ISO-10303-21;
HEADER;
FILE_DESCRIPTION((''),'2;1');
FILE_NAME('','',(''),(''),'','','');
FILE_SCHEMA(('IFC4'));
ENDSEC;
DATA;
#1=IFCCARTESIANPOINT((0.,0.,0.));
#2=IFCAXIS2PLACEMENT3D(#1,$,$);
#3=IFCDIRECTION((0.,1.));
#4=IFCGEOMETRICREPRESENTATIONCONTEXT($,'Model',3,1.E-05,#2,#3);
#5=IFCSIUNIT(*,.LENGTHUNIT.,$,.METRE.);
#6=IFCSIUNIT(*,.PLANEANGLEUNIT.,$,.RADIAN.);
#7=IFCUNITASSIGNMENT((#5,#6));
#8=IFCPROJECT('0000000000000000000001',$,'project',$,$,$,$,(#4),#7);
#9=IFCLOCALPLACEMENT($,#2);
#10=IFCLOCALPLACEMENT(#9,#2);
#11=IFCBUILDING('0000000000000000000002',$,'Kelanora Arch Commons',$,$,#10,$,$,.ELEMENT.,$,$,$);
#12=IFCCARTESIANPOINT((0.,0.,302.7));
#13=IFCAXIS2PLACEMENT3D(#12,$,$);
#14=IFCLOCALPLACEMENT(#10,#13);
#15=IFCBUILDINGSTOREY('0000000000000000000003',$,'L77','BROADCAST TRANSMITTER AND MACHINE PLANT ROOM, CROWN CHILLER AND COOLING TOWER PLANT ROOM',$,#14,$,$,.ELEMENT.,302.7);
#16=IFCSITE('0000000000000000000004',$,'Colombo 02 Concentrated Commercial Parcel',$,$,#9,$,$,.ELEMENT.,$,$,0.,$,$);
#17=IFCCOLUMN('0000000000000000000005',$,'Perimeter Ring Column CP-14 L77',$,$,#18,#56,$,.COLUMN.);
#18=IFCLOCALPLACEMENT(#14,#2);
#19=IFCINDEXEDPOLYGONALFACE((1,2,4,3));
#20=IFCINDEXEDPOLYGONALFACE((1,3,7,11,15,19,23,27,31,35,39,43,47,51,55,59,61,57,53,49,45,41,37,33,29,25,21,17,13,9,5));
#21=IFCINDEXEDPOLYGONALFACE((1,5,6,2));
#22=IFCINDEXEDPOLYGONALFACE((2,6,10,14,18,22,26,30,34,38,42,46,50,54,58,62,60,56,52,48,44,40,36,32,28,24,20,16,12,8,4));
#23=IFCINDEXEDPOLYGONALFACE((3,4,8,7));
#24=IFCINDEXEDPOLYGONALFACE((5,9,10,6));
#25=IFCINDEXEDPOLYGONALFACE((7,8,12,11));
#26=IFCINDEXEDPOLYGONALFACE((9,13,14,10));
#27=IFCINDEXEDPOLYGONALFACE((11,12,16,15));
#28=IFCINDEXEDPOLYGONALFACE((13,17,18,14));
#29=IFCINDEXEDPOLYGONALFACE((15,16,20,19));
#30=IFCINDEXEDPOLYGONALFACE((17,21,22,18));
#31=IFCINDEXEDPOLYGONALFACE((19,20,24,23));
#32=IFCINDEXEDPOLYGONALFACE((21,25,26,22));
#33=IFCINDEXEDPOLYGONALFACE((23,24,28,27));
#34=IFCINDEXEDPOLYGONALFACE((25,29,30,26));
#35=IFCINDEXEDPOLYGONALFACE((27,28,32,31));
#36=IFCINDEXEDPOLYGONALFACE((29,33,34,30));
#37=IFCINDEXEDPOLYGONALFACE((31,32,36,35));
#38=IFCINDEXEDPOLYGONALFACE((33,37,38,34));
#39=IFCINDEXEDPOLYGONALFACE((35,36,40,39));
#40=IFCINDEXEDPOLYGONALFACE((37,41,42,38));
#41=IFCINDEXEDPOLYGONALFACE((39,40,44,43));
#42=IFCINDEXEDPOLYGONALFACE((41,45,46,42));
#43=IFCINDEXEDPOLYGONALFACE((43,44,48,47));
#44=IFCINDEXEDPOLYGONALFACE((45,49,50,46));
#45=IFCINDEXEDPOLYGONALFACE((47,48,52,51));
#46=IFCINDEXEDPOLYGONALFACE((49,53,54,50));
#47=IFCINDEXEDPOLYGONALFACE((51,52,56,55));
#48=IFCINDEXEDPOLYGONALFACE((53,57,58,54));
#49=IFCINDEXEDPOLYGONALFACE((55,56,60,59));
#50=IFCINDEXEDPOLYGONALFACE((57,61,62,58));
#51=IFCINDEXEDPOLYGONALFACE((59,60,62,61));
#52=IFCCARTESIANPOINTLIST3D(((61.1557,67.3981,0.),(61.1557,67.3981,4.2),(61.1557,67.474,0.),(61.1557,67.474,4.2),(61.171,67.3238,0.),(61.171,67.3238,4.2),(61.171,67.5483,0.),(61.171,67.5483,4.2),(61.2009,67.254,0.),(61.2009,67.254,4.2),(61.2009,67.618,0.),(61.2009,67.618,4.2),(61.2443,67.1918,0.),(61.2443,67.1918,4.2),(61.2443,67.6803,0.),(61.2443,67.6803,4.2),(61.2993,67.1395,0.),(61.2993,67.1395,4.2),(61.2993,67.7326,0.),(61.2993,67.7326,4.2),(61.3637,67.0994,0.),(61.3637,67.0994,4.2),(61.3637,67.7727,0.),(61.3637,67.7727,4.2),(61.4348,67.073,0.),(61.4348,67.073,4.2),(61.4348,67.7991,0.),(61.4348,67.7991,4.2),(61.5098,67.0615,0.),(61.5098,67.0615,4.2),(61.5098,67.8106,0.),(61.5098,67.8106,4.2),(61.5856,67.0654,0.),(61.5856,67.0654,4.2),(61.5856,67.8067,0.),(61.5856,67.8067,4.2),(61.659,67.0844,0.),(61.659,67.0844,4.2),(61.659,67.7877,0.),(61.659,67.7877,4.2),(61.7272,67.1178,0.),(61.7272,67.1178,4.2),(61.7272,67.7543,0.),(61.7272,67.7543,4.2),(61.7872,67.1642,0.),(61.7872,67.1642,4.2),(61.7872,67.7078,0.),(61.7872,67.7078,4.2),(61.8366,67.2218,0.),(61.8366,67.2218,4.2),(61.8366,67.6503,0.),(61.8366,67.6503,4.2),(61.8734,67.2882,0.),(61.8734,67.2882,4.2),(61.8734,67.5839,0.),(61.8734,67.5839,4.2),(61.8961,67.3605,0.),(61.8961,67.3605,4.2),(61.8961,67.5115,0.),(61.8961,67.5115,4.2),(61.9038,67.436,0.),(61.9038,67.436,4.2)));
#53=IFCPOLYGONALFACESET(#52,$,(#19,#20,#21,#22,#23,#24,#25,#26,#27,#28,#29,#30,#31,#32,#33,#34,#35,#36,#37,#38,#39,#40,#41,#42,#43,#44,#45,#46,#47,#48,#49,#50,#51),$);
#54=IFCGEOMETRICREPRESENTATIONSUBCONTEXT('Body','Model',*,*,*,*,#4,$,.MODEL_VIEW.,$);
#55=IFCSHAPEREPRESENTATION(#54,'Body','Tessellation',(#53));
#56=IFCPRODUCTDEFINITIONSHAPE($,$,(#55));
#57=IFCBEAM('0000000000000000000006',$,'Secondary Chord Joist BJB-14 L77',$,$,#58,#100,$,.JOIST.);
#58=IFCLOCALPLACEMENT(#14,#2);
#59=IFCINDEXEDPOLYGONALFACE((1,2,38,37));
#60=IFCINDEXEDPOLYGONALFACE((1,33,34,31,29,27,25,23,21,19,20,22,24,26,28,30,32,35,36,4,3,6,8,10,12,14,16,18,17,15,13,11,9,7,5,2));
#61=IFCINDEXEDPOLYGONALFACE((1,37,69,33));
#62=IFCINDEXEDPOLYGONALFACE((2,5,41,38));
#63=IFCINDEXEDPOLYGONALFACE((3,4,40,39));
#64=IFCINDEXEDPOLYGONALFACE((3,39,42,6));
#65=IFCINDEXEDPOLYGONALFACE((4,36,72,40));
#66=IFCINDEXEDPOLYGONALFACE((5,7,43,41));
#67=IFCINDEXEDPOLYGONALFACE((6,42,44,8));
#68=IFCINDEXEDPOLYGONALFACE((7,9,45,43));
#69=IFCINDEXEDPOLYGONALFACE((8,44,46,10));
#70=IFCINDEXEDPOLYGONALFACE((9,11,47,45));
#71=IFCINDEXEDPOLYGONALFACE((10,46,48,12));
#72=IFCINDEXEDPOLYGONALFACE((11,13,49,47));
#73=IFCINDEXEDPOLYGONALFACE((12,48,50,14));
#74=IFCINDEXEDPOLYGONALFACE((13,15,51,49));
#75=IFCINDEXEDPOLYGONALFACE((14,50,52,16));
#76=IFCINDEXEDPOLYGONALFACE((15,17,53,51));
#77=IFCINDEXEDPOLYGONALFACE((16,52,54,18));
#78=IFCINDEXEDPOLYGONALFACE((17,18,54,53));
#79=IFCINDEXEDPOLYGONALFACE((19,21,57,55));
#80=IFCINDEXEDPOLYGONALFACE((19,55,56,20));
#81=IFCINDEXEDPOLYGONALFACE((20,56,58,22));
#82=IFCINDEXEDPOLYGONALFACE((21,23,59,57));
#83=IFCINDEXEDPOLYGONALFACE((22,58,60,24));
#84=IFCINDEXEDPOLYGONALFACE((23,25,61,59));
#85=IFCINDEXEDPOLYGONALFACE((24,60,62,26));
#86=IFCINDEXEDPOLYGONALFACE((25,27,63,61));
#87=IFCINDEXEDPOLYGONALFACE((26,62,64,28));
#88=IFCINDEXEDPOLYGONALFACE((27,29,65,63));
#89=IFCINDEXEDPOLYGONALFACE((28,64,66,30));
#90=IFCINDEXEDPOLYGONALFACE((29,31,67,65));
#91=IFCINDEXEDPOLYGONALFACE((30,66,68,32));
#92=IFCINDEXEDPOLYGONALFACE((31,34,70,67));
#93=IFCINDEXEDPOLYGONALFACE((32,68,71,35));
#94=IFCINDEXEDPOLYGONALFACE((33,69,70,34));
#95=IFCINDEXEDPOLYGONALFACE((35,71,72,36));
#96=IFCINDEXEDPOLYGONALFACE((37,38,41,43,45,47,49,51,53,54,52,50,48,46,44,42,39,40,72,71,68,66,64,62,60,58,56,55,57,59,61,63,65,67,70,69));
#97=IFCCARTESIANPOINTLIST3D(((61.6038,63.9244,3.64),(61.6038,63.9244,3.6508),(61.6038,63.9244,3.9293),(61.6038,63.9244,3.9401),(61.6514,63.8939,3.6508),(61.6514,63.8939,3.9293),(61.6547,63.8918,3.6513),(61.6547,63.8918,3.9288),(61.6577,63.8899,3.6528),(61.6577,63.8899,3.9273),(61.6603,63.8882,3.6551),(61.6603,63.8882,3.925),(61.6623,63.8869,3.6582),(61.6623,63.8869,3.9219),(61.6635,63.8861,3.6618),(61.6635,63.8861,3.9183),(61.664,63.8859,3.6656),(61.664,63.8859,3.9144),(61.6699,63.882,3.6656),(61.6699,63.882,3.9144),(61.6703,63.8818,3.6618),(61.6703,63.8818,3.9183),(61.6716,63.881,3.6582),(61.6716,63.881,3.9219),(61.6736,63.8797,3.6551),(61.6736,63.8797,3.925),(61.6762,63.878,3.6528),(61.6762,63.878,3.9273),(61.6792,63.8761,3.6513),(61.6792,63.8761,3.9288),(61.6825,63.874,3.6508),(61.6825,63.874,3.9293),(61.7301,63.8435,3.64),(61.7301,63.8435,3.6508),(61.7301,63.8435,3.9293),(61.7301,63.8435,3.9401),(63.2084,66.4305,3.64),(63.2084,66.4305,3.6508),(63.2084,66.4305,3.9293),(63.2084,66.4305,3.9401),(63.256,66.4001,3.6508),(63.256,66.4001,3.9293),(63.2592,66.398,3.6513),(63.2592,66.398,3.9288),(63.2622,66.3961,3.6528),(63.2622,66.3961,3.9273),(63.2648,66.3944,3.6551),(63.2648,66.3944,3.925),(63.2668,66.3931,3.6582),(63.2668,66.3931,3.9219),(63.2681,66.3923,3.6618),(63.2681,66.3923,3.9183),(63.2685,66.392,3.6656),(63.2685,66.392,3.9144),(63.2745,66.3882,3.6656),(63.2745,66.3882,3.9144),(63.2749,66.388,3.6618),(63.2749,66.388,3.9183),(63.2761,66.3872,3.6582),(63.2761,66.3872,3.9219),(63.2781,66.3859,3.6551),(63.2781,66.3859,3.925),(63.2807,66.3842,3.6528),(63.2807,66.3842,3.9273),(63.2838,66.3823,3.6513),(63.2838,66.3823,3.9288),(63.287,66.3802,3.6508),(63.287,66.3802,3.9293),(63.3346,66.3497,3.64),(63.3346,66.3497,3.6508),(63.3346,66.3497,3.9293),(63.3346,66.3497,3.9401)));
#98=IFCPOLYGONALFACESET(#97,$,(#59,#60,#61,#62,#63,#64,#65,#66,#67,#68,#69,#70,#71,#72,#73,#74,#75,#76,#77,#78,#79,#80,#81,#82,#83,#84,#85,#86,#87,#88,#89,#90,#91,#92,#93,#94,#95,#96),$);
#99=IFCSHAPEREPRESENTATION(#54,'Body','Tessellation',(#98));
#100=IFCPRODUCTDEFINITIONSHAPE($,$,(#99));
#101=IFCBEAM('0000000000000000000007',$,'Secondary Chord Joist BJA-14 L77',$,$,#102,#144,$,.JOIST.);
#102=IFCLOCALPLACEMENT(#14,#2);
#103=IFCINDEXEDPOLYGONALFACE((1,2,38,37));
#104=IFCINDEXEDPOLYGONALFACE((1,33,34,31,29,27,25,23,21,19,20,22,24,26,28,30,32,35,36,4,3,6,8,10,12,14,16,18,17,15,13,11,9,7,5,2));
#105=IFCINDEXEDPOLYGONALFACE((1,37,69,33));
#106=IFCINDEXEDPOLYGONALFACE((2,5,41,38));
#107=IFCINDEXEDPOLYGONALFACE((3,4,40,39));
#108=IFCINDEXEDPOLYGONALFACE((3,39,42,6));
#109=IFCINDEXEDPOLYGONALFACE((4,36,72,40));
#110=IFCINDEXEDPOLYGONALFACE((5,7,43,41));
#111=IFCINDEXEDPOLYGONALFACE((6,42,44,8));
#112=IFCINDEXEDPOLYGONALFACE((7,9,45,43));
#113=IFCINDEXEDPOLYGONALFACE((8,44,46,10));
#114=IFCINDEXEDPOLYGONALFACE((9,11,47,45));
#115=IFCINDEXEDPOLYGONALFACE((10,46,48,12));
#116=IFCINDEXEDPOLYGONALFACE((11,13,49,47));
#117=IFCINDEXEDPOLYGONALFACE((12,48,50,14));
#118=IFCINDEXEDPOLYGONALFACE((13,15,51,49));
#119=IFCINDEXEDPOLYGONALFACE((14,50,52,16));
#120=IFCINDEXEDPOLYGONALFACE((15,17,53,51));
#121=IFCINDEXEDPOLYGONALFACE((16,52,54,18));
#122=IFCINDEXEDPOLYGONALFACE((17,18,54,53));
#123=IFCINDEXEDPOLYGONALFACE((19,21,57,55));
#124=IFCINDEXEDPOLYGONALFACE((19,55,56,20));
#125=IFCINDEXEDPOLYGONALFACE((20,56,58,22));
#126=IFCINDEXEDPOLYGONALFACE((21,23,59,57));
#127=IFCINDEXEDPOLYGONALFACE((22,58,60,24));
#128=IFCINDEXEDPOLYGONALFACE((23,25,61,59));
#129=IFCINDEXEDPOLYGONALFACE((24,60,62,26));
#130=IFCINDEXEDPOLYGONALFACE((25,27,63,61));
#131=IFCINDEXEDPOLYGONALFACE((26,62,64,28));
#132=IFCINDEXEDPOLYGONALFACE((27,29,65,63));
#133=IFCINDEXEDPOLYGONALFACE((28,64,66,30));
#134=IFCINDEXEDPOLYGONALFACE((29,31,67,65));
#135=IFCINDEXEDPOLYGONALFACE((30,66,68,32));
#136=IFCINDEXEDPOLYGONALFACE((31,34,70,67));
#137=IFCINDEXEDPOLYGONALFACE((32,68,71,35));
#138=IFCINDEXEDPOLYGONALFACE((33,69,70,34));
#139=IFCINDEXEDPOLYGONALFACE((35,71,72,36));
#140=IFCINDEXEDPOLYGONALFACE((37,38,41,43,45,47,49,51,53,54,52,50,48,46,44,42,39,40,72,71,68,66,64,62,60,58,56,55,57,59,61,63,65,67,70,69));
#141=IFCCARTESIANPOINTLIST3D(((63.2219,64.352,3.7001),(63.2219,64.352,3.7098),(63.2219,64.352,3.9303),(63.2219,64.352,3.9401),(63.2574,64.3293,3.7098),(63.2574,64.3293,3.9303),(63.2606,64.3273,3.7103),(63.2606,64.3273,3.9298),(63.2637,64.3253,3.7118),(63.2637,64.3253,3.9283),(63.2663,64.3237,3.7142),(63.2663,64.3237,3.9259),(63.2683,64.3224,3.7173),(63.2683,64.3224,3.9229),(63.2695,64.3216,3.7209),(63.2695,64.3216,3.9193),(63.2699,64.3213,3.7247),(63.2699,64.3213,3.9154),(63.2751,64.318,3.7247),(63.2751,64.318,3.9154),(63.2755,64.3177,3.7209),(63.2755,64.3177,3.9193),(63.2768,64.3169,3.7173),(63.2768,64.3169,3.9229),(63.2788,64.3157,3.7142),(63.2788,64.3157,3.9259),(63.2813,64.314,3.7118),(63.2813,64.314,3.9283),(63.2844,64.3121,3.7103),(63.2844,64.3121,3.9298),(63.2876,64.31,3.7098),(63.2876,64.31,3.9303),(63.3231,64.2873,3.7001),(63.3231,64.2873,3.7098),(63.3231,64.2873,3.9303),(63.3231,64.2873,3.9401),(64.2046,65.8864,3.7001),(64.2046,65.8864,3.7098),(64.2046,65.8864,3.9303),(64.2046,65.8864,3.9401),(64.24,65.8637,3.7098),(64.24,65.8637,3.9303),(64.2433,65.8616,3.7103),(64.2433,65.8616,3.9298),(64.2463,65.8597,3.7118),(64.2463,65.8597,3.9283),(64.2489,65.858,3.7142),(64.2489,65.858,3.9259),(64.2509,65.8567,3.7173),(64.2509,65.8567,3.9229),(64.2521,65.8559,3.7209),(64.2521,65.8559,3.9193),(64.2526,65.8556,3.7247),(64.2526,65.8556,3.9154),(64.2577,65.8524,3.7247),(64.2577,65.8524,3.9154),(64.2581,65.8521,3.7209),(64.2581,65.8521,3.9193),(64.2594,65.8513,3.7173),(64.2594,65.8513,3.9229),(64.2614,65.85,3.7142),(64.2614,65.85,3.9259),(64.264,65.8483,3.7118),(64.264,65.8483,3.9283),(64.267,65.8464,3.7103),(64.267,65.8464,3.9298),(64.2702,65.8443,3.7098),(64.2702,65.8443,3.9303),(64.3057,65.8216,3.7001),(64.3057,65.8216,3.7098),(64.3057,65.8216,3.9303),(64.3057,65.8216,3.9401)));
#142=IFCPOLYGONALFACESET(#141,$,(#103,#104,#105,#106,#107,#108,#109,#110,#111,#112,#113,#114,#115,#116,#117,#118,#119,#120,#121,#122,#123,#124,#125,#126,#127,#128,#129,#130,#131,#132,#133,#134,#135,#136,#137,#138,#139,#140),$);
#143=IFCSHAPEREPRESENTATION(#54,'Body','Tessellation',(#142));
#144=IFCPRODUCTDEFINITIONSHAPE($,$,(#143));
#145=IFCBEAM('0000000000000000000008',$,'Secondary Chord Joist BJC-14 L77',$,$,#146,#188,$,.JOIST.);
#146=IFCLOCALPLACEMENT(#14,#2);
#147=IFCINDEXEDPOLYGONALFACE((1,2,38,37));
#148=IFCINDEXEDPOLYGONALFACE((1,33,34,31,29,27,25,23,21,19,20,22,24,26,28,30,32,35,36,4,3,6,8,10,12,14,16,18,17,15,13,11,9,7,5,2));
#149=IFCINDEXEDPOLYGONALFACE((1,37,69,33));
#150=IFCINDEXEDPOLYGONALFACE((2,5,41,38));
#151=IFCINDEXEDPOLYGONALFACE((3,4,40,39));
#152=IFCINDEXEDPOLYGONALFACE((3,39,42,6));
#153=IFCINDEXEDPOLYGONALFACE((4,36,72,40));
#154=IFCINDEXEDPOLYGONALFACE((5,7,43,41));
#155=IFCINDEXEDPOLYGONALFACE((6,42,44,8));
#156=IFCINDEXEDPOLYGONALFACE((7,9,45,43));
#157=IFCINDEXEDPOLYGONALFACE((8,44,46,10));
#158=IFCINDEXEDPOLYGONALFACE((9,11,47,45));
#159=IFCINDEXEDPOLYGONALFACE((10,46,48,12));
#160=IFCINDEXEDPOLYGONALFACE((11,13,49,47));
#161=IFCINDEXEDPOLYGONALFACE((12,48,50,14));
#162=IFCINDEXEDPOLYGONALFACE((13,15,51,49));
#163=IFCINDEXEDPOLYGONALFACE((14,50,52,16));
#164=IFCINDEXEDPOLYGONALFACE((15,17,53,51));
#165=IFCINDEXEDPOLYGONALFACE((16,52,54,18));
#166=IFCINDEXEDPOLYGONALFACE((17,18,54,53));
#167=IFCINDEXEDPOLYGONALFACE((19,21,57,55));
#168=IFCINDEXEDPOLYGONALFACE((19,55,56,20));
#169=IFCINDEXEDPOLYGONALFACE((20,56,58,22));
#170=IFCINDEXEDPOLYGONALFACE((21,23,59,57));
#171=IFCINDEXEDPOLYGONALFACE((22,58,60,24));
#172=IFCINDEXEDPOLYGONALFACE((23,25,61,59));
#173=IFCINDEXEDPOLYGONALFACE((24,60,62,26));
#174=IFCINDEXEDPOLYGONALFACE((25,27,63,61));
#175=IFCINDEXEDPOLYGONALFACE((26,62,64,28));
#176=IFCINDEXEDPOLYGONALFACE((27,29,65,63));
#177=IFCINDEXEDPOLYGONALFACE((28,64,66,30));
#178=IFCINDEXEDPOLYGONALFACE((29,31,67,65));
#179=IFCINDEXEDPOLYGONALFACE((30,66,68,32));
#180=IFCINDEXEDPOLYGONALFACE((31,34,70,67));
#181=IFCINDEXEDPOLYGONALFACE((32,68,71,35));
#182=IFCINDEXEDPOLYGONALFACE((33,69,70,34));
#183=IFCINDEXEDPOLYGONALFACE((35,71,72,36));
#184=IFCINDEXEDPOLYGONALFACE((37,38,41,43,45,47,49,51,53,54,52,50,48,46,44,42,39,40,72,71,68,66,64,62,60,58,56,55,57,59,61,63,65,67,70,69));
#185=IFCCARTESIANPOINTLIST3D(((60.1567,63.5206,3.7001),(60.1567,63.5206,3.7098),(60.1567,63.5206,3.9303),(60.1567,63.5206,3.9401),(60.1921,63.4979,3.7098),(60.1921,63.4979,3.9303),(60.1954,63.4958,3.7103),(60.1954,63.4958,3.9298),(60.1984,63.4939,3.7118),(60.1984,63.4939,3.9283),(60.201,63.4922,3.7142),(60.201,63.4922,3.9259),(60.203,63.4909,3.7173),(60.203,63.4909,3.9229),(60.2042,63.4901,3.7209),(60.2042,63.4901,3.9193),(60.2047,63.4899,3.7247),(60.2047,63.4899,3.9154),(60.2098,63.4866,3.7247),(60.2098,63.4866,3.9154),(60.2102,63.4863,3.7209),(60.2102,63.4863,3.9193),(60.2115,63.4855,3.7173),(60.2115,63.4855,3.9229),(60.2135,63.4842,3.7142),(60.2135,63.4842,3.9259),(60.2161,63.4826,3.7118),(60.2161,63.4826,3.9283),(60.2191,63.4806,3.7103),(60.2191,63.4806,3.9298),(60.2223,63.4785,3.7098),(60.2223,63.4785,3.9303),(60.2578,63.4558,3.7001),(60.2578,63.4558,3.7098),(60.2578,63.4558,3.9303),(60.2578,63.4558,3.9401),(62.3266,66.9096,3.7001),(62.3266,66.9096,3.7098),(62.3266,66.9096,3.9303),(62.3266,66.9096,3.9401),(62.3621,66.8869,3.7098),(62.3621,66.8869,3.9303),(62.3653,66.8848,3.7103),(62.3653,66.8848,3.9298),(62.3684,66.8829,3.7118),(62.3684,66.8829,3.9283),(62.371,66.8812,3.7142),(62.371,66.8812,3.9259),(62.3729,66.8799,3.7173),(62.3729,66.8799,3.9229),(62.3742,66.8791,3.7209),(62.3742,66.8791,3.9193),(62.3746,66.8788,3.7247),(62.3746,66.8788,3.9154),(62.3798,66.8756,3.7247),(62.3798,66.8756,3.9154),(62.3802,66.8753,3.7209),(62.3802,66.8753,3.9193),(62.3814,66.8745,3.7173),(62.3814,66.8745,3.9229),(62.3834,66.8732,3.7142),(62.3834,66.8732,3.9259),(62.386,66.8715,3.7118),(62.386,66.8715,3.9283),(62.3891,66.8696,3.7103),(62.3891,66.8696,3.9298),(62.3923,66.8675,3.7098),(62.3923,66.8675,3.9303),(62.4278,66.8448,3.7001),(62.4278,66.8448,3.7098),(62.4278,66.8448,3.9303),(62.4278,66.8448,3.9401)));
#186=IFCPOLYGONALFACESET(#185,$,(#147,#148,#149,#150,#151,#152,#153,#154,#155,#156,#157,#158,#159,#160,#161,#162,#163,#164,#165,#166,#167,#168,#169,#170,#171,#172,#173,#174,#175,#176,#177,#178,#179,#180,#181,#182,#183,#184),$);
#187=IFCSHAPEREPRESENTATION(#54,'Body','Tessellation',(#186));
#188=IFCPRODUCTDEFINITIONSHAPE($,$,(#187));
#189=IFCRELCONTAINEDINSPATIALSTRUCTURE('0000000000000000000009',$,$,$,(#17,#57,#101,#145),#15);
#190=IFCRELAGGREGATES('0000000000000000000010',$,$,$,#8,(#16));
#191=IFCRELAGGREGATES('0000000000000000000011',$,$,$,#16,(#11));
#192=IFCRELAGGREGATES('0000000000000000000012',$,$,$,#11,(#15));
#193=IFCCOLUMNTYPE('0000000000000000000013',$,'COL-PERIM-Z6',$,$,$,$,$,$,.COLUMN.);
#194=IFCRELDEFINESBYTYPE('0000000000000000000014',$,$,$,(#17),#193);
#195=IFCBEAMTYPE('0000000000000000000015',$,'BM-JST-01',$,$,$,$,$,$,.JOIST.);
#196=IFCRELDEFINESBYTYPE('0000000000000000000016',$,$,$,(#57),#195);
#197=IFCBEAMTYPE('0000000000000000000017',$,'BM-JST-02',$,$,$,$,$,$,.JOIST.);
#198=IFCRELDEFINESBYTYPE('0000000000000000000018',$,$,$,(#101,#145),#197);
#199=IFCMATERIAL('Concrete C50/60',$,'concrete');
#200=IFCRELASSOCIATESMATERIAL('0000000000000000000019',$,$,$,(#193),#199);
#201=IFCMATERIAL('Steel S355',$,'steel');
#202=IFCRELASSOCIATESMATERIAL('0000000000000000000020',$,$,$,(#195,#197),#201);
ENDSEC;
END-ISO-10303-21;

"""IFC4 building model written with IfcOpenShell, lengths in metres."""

from ifc_helpers import new_model, si_unit, direction, frame, origin, origin_2d, place, context, subcontext, project, spatial, circle, i_section, extrude, material, material_profile, profile_set, type_object, element, save


model = new_model("IFC4")

# Units and contexts
model_context = context("Model", 3, precision=1e-05, world=origin(), true_north=direction((0.0, 1.0)))
body_context = subcontext(model_context, "Body", "Model", "MODEL_VIEW")
ifc_project = project(units=[si_unit("LENGTHUNIT", "METRE"), si_unit("PLANEANGLEUNIT", "RADIAN")], contexts=[model_context])

# Site, building, storey
site_placement = place(None, origin())
site = spatial("IfcSite", under=ifc_project, at=site_placement, Name="Colombo 02 Concentrated Commercial Parcel", CompositionType="ELEMENT", RefElevation=0.0)
building_placement = place(site_placement, origin())
building = spatial("IfcBuilding", under=site, at=building_placement, Name="Kelanora Arch Commons", CompositionType="ELEMENT")
storey_placement = place(building_placement, frame((0.0, 0.0, 302.7)))
storey = spatial("IfcBuildingStorey", under=building, at=storey_placement, Name="L77", Description="BROADCAST TRANSMITTER AND MACHINE PLANT ROOM, CROWN CHILLER AND COOLING TOWER PLANT ROOM", CompositionType="ELEMENT", Elevation=302.7)

# Column
ifc_material_1 = material(Name="Concrete C50/60", Category="concrete")
ifc_material_profile_1 = material_profile(ifc_material_1, circle(Radius=0.375, at=origin_2d()), Name="RCC750")
ifc_profile_set_1 = profile_set([ifc_material_profile_1], Name="Concrete C50/60")
column_type = type_object("IfcColumnType", Name="COL-PERIM-Z6", PredefinedType="COLUMN", material=ifc_profile_set_1)
column_placement = place(storey_placement, frame((61.5288, 67.436, 0.0), z_axis=(0.0, 0.0, 1.0), x_axis=(1.0, 0.0, 0.0)))
element("IfcColumn", 1, at=column_placement, inside=storey, type_object=column_type, Name="Perimeter Ring Column CP-14 L77", PredefinedType="COLUMN", context=body_context, shape_type="SweptSolid", body=[
    extrude(circle(Radius=0.375, at=origin_2d()), origin(), (0.0, 0.0, 1.0), 4.2),
])

# Beams
ifc_material_2 = material(Name="Steel S355", Category="steel")
ifc_material_profile_2 = material_profile(ifc_material_2, i_section(OverallWidth=0.1499, OverallDepth=0.3, WebThickness=0.0071, FlangeThickness=0.0107, FilletRadius=0.0149, at=origin_2d()), Name="IPE300")
ifc_profile_set_2 = profile_set([ifc_material_profile_2], Name="Steel S355")
beam_type_1 = type_object("IfcBeamType", Name="BM-JST-01", PredefinedType="JOIST", material=ifc_profile_set_2)
beam_1_placement = place(storey_placement, frame((63.2715, 66.3901, 3.79), z_axis=(-0.539193, -0.842182, 0.0), x_axis=(0.842182, -0.539193, 0.0)))
element("IfcBeam", 2, at=beam_1_placement, inside=storey, type_object=beam_type_1, Name="Secondary Chord Joist BJB-14 L77", PredefinedType="JOIST", context=body_context, shape_type="SweptSolid", body=[
    extrude(i_section(OverallWidth=0.1499, OverallDepth=0.3, WebThickness=0.0071, FlangeThickness=0.0107, FilletRadius=0.0149, at=origin_2d()), origin(), (0.0, 0.0, 1.0), 2.9758),
])
ifc_material_profile_3 = material_profile(ifc_material_2, i_section(OverallWidth=0.1201, OverallDepth=0.24, WebThickness=0.0061, FlangeThickness=0.0098, FilletRadius=0.0149, at=origin_2d()), Name="IPE240")
ifc_profile_set_3 = profile_set([ifc_material_profile_3], Name="Steel S355")
beam_type_2 = type_object("IfcBeamType", Name="BM-JST-02", PredefinedType="JOIST", material=ifc_profile_set_3)
beam_2_placement = place(storey_placement, frame((64.2551, 65.854, 3.8201), z_axis=(-0.539301, -0.842113, 0.0), x_axis=(0.842113, -0.539301, 0.0)))
element("IfcBeam", 3, at=beam_2_placement, inside=storey, type_object=beam_type_2, Name="Secondary Chord Joist BJA-14 L77", PredefinedType="JOIST", context=body_context, shape_type="SweptSolid", body=[
    extrude(i_section(OverallWidth=0.1201, OverallDepth=0.24, WebThickness=0.0061, FlangeThickness=0.0098, FilletRadius=0.0149, at=origin_2d()), origin(), (0.0, 0.0, 1.0), 1.822),
])
beam_3_placement = place(storey_placement, frame((62.3772, 66.8772, 3.8201), z_axis=(-0.539233, -0.842157, 0.0), x_axis=(0.842157, -0.539233, 0.0)))
element("IfcBeam", 4, at=beam_3_placement, inside=storey, type_object=beam_type_2, Name="Secondary Chord Joist BJC-14 L77", PredefinedType="JOIST", context=body_context, shape_type="SweptSolid", body=[
    extrude(i_section(OverallWidth=0.1201, OverallDepth=0.24, WebThickness=0.0061, FlangeThickness=0.0098, FilletRadius=0.0149, at=origin_2d()), origin(), (0.0, 0.0, 1.0), 4.0242),
])

save(model, "model.ifc")
